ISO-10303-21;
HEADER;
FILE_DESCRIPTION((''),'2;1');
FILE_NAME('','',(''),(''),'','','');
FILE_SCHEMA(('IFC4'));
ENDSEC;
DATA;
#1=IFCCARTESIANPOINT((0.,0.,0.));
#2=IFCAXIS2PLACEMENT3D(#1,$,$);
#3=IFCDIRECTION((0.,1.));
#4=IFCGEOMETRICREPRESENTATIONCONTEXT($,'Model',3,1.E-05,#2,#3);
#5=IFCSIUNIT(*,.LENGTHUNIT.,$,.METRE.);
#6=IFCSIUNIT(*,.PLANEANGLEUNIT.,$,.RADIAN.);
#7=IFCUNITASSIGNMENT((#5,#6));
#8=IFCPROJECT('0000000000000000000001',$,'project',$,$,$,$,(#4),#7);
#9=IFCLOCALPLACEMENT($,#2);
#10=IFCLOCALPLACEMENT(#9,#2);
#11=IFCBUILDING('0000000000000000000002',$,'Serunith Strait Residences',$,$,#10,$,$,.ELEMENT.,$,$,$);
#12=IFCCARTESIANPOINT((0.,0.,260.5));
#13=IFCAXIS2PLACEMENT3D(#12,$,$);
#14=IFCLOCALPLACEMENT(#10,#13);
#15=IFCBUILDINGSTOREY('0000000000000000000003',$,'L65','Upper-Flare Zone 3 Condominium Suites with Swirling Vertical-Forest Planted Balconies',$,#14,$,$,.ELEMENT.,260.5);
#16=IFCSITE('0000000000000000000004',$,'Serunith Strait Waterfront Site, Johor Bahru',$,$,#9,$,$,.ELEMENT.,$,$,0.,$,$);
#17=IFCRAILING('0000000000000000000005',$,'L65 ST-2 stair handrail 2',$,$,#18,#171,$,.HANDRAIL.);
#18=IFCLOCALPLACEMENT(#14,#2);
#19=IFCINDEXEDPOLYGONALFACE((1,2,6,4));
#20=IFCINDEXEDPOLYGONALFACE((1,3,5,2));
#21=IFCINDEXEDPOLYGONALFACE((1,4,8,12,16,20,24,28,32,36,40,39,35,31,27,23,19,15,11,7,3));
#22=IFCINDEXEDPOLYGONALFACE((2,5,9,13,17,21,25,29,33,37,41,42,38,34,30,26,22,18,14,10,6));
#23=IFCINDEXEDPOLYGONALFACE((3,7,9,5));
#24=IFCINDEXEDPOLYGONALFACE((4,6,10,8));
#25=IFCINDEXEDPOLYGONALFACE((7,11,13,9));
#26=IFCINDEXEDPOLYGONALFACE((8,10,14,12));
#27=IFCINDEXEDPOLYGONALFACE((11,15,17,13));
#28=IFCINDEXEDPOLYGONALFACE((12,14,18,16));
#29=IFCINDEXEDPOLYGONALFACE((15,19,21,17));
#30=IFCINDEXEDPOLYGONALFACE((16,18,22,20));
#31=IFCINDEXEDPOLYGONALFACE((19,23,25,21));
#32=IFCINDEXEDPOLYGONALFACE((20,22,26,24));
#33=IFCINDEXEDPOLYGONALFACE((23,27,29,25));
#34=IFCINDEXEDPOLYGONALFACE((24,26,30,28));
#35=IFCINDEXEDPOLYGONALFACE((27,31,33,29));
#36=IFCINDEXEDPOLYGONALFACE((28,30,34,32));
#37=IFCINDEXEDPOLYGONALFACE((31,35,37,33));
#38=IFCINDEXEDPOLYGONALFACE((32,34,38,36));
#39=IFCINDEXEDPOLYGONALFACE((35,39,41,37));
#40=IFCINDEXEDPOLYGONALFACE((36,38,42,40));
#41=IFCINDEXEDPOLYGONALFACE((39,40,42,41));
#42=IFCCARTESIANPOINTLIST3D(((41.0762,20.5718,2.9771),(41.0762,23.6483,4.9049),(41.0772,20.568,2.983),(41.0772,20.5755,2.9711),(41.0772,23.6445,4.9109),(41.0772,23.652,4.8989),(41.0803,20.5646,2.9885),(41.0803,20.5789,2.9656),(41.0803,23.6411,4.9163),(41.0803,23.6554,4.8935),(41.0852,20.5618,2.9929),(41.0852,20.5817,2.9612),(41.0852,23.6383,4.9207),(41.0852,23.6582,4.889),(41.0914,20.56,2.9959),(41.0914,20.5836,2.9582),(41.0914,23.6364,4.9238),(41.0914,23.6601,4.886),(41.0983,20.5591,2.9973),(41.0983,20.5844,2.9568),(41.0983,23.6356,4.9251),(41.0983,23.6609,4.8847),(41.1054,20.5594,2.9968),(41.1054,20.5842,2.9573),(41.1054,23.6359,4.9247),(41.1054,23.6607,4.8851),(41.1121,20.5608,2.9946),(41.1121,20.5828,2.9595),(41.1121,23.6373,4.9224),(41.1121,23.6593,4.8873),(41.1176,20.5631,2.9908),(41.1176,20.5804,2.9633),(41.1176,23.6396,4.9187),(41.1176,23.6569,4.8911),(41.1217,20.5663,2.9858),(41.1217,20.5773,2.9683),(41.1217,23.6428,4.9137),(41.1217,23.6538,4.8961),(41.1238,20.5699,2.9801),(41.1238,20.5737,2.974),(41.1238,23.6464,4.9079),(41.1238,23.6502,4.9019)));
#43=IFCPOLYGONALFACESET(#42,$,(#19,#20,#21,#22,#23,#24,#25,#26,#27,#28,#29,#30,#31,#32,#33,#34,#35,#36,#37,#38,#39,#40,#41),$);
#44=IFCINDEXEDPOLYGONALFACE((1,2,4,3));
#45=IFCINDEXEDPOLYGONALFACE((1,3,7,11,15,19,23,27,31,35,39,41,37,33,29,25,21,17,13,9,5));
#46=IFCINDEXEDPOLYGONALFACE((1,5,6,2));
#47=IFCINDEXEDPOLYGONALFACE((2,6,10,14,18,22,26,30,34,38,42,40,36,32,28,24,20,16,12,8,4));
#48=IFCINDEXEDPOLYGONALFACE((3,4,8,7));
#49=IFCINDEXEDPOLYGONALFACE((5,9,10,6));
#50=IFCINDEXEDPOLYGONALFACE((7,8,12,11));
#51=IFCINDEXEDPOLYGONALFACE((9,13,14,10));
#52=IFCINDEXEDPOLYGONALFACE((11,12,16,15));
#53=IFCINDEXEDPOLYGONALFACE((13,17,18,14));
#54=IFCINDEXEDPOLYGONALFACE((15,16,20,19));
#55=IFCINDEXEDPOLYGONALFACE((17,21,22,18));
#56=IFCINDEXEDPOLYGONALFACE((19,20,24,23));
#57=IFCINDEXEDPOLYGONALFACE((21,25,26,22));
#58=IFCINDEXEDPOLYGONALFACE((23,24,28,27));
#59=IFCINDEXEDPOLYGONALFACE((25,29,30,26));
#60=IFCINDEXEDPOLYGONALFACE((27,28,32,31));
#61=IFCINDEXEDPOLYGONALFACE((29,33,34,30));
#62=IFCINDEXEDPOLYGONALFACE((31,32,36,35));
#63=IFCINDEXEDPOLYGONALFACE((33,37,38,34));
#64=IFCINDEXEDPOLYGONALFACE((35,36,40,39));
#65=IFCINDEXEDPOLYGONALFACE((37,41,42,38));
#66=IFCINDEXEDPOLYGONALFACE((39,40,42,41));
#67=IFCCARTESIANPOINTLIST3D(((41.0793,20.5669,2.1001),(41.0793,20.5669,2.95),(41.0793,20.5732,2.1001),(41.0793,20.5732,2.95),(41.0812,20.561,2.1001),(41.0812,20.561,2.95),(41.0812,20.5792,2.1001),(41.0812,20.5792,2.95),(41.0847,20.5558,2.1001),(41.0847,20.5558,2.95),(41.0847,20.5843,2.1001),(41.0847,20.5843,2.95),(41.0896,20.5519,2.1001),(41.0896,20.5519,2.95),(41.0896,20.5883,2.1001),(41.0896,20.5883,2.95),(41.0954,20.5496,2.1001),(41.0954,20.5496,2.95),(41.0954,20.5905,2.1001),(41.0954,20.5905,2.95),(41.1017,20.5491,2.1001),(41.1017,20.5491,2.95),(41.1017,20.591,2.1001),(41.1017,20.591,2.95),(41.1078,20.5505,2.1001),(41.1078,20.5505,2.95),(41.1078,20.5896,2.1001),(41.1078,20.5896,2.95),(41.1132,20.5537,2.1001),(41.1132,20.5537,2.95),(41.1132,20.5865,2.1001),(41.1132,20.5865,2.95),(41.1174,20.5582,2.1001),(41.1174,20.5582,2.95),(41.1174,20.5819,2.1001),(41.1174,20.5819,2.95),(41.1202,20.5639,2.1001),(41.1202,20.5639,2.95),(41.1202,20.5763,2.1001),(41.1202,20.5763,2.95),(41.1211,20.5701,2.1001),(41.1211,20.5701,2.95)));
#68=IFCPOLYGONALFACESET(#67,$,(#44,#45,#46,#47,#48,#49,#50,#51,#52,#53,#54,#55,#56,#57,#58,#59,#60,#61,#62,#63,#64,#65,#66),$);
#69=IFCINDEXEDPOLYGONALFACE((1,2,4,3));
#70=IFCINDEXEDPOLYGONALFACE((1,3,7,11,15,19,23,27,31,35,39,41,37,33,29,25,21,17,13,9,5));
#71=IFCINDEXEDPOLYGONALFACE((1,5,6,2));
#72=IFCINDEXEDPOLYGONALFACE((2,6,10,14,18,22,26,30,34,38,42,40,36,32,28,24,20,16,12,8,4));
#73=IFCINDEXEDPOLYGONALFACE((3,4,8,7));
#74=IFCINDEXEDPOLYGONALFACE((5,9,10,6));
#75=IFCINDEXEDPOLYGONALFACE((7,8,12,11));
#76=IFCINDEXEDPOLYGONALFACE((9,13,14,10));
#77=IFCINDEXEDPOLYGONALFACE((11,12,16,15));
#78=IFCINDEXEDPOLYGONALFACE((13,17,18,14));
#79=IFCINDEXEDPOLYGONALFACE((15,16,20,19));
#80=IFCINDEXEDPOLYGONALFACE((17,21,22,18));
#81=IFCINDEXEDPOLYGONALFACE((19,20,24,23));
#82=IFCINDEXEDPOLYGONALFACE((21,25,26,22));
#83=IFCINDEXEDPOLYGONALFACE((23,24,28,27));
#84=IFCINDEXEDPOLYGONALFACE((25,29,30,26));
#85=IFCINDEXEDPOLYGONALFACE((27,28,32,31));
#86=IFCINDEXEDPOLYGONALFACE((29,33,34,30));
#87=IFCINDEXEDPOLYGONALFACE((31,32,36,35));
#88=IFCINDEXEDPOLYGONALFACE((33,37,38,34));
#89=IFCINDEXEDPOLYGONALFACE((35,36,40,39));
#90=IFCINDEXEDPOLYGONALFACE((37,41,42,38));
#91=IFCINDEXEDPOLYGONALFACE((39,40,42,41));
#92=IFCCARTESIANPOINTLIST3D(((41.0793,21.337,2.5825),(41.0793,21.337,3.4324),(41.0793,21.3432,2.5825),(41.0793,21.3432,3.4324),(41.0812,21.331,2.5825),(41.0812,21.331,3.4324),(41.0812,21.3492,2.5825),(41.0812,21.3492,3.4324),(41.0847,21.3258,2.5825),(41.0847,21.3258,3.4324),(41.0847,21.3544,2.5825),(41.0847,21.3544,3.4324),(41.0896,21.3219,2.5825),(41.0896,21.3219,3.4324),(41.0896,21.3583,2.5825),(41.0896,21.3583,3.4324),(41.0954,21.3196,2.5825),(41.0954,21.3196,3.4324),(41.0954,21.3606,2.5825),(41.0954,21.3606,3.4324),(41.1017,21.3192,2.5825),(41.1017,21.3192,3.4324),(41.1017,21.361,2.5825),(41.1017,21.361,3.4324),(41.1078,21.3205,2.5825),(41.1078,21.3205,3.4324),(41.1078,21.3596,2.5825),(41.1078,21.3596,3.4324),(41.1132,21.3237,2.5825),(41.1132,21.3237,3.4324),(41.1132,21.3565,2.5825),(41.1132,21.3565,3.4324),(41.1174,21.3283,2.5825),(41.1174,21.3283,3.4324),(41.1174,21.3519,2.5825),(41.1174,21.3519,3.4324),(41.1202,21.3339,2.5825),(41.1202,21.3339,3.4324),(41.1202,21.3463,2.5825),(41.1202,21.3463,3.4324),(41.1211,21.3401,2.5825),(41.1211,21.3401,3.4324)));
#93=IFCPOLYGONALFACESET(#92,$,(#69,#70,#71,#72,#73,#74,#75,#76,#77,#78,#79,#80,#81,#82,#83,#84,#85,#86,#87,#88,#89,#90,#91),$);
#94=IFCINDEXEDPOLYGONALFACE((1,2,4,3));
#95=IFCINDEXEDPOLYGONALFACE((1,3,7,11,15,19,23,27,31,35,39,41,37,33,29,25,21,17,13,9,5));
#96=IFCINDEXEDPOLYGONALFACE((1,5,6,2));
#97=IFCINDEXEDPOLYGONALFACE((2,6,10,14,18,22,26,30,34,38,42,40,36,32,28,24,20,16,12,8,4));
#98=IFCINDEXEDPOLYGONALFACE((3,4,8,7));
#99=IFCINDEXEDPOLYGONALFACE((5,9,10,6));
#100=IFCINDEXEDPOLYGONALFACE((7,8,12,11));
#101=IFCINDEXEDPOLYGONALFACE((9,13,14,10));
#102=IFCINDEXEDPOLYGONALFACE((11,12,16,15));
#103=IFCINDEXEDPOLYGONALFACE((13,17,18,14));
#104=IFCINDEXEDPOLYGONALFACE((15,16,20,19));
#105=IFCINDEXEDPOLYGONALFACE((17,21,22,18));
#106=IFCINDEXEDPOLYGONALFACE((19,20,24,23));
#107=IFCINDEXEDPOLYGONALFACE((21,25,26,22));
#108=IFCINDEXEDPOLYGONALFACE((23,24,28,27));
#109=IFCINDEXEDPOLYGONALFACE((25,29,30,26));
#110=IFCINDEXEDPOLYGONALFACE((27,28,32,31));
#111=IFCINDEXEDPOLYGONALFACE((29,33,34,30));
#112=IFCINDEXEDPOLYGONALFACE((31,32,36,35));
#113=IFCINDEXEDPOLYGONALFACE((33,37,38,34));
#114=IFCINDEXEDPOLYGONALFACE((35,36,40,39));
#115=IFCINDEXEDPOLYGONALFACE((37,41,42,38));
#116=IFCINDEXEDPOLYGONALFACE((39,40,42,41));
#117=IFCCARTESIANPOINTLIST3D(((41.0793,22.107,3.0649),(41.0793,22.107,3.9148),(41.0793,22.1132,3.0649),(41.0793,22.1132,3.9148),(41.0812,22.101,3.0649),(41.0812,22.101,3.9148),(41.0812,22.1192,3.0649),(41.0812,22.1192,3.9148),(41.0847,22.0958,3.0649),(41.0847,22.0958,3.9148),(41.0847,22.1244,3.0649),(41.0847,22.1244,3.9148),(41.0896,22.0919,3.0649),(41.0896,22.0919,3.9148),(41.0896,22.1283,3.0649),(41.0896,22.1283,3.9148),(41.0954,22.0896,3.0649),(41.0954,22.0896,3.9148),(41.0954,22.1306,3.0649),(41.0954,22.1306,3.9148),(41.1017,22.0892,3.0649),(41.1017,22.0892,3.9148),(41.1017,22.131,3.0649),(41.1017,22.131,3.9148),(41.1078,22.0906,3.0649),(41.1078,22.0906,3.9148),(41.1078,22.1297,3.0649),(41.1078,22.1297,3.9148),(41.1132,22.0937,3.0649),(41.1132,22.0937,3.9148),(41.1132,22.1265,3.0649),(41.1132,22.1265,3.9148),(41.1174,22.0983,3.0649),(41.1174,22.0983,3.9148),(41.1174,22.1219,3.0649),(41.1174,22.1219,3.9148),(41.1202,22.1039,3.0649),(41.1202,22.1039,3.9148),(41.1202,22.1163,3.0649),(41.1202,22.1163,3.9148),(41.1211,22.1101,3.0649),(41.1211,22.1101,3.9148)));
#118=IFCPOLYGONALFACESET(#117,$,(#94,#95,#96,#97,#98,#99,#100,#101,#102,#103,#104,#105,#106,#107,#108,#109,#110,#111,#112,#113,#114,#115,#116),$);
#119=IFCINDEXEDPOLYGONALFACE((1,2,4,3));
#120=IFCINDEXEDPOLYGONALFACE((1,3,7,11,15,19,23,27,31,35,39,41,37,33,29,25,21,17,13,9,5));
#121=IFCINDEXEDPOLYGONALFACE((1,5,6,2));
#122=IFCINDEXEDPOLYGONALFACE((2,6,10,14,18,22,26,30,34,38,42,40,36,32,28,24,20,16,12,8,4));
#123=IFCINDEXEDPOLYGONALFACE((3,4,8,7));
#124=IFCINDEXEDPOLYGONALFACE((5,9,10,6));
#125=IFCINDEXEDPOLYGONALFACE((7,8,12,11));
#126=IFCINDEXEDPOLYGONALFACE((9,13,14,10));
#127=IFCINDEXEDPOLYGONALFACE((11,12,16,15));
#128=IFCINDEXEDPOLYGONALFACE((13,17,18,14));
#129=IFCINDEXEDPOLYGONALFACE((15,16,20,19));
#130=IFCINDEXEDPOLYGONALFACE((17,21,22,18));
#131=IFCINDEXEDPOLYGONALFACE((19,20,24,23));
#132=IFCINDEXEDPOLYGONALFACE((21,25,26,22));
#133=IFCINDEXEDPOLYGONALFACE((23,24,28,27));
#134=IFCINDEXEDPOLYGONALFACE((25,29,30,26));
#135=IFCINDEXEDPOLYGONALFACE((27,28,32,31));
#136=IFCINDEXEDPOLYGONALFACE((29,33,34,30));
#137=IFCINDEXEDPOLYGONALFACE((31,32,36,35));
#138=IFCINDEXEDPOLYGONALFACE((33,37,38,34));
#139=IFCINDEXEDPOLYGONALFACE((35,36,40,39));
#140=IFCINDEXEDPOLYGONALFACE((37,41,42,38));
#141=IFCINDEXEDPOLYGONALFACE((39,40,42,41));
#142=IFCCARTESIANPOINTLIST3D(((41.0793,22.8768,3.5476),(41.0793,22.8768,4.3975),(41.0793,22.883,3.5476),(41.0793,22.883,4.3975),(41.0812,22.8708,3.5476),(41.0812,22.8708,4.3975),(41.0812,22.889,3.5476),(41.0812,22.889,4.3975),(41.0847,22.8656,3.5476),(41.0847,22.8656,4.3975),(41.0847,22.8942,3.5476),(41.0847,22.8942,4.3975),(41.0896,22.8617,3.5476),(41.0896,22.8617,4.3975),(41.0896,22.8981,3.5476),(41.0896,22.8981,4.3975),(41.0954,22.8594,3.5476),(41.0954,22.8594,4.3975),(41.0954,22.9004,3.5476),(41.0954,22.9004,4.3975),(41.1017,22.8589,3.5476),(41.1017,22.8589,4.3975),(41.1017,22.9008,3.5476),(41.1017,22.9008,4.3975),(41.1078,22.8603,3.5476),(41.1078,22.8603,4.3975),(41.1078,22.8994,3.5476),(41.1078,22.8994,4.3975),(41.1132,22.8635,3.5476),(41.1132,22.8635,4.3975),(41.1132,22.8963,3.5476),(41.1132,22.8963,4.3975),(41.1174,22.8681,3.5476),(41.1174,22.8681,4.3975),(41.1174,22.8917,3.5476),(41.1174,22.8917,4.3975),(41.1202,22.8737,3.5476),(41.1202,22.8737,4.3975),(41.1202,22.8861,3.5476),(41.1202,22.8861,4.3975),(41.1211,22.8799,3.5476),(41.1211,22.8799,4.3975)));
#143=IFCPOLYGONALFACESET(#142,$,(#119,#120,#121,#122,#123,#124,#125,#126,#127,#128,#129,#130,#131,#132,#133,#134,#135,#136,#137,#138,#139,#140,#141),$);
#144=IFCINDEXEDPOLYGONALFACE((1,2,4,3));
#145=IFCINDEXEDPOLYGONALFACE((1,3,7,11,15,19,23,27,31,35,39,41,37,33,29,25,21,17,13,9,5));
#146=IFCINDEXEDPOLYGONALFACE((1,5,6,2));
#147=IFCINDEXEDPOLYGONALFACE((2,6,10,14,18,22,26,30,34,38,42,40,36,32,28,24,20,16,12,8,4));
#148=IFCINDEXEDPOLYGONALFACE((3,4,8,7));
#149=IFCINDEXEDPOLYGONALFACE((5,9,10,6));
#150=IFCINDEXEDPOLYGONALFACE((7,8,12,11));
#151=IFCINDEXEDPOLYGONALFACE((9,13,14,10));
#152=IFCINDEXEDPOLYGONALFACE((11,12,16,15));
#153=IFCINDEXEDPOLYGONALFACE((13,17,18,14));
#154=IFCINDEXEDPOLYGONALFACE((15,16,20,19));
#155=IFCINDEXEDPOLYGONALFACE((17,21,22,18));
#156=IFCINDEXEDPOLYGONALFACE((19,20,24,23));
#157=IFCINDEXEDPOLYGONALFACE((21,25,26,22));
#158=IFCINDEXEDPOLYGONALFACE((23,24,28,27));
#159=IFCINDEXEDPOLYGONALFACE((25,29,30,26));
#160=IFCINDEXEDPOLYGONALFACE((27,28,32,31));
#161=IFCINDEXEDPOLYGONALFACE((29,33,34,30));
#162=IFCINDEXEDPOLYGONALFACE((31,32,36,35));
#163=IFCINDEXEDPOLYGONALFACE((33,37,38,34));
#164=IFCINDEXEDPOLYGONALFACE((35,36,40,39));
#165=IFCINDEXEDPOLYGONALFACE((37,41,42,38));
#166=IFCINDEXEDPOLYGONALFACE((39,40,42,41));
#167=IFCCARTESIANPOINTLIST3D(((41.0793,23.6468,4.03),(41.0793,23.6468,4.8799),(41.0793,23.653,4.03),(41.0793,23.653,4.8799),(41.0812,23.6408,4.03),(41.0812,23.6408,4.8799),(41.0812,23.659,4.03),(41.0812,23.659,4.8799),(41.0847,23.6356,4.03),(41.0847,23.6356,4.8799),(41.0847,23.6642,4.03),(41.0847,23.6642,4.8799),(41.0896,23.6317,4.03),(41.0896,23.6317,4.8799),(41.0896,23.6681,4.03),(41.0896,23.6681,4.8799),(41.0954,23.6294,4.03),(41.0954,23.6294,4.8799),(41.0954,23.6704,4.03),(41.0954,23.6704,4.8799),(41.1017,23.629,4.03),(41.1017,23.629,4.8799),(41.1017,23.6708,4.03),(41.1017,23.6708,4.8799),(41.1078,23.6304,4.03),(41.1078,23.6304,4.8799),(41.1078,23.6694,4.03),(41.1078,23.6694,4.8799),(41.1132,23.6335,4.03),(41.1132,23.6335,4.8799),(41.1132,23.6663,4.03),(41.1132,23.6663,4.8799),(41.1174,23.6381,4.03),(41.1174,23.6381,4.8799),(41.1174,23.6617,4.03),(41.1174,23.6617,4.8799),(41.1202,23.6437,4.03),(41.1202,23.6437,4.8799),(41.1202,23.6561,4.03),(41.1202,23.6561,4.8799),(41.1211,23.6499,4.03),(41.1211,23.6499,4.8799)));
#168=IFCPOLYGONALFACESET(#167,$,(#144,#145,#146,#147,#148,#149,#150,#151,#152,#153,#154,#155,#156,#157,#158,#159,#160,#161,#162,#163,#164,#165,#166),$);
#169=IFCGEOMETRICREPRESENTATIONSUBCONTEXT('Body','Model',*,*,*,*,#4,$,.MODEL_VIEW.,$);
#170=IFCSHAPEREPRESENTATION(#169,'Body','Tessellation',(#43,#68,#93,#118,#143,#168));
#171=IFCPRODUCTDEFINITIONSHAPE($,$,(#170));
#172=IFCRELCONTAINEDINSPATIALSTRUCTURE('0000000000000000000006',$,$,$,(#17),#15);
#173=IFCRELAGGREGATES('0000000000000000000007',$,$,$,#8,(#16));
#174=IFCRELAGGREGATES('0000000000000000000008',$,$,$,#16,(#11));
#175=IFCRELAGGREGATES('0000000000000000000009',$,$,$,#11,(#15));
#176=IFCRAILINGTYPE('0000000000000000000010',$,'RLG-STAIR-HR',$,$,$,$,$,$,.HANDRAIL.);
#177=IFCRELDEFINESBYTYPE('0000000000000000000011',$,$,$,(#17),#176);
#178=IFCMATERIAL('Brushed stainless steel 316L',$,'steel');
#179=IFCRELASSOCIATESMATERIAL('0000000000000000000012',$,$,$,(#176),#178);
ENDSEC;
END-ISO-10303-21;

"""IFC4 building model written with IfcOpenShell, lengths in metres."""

from ifc_helpers import new_model, si_unit, direction, frame, origin, origin_2d, place, context, subcontext, project, spatial, circle, extrude, material, type_object, element, save


model = new_model("IFC4")

# Units and contexts
model_context = context("Model", 3, precision=1e-05, world=origin(), true_north=direction((0.0, 1.0)))
body_context = subcontext(model_context, "Body", "Model", "MODEL_VIEW")
ifc_project = project(units=[si_unit("LENGTHUNIT", "METRE"), si_unit("PLANEANGLEUNIT", "RADIAN")], contexts=[model_context])

# Site, building, storey
site_placement = place(None, origin())
site = spatial("IfcSite", under=ifc_project, at=site_placement, Name="Serunith Strait Waterfront Site, Johor Bahru", CompositionType="ELEMENT", RefElevation=0.0)
building_placement = place(site_placement, origin())
building = spatial("IfcBuilding", under=site, at=building_placement, Name="Serunith Strait Residences", CompositionType="ELEMENT")
storey_placement = place(building_placement, frame((0.0, 0.0, 260.5)))
storey = spatial("IfcBuildingStorey", under=building, at=storey_placement, Name="L65", Description="Upper-Flare Zone 3 Condominium Suites with Swirling Vertical-Forest Planted Balconies", CompositionType="ELEMENT", Elevation=260.5)

# Railing
ifc_material_1 = material(Name="Brushed stainless steel 316L", Category="steel")
railing_type_1 = type_object("IfcRailingType", Name="RLG-STAIR-HR", PredefinedType="HANDRAIL", material=ifc_material_1)
railing_1_placement = place(storey_placement, frame((41.1001, 20.5701, 2.1001)))
element("IfcRailing", 1, at=railing_1_placement, inside=storey, type_object=railing_type_1, Name="L65 ST-2 stair handrail 2", PredefinedType="HANDRAIL", context=body_context, shape_type="SweptSolid", body=[
    extrude(circle(Radius=0.0239, at=origin_2d()), frame((0.0, 0.0017, 0.877), z_axis=(0.0, 0.847375, 0.530995), x_axis=(-1.0, 0.0, 0.0)), (0.0, 0.0, 1.0), 3.6306),
    extrude(circle(Radius=0.021, at=origin_2d()), origin(), (0.0, 0.0, 1.0), 0.8499),
    extrude(circle(Radius=0.021, at=origin_2d()), frame((0.0, 0.77, 0.4824)), (0.0, 0.0, 1.0), 0.8499),
    extrude(circle(Radius=0.021, at=origin_2d()), frame((0.0, 1.54, 0.9648)), (0.0, 0.0, 1.0), 0.8499),
    extrude(circle(Radius=0.021, at=origin_2d()), frame((0.0, 2.3098, 1.4475)), (0.0, 0.0, 1.0), 0.8499),
    extrude(circle(Radius=0.021, at=origin_2d()), frame((0.0, 3.0798, 1.9299)), (0.0, 0.0, 1.0), 0.8499),
])

save(model, "model.ifc")
